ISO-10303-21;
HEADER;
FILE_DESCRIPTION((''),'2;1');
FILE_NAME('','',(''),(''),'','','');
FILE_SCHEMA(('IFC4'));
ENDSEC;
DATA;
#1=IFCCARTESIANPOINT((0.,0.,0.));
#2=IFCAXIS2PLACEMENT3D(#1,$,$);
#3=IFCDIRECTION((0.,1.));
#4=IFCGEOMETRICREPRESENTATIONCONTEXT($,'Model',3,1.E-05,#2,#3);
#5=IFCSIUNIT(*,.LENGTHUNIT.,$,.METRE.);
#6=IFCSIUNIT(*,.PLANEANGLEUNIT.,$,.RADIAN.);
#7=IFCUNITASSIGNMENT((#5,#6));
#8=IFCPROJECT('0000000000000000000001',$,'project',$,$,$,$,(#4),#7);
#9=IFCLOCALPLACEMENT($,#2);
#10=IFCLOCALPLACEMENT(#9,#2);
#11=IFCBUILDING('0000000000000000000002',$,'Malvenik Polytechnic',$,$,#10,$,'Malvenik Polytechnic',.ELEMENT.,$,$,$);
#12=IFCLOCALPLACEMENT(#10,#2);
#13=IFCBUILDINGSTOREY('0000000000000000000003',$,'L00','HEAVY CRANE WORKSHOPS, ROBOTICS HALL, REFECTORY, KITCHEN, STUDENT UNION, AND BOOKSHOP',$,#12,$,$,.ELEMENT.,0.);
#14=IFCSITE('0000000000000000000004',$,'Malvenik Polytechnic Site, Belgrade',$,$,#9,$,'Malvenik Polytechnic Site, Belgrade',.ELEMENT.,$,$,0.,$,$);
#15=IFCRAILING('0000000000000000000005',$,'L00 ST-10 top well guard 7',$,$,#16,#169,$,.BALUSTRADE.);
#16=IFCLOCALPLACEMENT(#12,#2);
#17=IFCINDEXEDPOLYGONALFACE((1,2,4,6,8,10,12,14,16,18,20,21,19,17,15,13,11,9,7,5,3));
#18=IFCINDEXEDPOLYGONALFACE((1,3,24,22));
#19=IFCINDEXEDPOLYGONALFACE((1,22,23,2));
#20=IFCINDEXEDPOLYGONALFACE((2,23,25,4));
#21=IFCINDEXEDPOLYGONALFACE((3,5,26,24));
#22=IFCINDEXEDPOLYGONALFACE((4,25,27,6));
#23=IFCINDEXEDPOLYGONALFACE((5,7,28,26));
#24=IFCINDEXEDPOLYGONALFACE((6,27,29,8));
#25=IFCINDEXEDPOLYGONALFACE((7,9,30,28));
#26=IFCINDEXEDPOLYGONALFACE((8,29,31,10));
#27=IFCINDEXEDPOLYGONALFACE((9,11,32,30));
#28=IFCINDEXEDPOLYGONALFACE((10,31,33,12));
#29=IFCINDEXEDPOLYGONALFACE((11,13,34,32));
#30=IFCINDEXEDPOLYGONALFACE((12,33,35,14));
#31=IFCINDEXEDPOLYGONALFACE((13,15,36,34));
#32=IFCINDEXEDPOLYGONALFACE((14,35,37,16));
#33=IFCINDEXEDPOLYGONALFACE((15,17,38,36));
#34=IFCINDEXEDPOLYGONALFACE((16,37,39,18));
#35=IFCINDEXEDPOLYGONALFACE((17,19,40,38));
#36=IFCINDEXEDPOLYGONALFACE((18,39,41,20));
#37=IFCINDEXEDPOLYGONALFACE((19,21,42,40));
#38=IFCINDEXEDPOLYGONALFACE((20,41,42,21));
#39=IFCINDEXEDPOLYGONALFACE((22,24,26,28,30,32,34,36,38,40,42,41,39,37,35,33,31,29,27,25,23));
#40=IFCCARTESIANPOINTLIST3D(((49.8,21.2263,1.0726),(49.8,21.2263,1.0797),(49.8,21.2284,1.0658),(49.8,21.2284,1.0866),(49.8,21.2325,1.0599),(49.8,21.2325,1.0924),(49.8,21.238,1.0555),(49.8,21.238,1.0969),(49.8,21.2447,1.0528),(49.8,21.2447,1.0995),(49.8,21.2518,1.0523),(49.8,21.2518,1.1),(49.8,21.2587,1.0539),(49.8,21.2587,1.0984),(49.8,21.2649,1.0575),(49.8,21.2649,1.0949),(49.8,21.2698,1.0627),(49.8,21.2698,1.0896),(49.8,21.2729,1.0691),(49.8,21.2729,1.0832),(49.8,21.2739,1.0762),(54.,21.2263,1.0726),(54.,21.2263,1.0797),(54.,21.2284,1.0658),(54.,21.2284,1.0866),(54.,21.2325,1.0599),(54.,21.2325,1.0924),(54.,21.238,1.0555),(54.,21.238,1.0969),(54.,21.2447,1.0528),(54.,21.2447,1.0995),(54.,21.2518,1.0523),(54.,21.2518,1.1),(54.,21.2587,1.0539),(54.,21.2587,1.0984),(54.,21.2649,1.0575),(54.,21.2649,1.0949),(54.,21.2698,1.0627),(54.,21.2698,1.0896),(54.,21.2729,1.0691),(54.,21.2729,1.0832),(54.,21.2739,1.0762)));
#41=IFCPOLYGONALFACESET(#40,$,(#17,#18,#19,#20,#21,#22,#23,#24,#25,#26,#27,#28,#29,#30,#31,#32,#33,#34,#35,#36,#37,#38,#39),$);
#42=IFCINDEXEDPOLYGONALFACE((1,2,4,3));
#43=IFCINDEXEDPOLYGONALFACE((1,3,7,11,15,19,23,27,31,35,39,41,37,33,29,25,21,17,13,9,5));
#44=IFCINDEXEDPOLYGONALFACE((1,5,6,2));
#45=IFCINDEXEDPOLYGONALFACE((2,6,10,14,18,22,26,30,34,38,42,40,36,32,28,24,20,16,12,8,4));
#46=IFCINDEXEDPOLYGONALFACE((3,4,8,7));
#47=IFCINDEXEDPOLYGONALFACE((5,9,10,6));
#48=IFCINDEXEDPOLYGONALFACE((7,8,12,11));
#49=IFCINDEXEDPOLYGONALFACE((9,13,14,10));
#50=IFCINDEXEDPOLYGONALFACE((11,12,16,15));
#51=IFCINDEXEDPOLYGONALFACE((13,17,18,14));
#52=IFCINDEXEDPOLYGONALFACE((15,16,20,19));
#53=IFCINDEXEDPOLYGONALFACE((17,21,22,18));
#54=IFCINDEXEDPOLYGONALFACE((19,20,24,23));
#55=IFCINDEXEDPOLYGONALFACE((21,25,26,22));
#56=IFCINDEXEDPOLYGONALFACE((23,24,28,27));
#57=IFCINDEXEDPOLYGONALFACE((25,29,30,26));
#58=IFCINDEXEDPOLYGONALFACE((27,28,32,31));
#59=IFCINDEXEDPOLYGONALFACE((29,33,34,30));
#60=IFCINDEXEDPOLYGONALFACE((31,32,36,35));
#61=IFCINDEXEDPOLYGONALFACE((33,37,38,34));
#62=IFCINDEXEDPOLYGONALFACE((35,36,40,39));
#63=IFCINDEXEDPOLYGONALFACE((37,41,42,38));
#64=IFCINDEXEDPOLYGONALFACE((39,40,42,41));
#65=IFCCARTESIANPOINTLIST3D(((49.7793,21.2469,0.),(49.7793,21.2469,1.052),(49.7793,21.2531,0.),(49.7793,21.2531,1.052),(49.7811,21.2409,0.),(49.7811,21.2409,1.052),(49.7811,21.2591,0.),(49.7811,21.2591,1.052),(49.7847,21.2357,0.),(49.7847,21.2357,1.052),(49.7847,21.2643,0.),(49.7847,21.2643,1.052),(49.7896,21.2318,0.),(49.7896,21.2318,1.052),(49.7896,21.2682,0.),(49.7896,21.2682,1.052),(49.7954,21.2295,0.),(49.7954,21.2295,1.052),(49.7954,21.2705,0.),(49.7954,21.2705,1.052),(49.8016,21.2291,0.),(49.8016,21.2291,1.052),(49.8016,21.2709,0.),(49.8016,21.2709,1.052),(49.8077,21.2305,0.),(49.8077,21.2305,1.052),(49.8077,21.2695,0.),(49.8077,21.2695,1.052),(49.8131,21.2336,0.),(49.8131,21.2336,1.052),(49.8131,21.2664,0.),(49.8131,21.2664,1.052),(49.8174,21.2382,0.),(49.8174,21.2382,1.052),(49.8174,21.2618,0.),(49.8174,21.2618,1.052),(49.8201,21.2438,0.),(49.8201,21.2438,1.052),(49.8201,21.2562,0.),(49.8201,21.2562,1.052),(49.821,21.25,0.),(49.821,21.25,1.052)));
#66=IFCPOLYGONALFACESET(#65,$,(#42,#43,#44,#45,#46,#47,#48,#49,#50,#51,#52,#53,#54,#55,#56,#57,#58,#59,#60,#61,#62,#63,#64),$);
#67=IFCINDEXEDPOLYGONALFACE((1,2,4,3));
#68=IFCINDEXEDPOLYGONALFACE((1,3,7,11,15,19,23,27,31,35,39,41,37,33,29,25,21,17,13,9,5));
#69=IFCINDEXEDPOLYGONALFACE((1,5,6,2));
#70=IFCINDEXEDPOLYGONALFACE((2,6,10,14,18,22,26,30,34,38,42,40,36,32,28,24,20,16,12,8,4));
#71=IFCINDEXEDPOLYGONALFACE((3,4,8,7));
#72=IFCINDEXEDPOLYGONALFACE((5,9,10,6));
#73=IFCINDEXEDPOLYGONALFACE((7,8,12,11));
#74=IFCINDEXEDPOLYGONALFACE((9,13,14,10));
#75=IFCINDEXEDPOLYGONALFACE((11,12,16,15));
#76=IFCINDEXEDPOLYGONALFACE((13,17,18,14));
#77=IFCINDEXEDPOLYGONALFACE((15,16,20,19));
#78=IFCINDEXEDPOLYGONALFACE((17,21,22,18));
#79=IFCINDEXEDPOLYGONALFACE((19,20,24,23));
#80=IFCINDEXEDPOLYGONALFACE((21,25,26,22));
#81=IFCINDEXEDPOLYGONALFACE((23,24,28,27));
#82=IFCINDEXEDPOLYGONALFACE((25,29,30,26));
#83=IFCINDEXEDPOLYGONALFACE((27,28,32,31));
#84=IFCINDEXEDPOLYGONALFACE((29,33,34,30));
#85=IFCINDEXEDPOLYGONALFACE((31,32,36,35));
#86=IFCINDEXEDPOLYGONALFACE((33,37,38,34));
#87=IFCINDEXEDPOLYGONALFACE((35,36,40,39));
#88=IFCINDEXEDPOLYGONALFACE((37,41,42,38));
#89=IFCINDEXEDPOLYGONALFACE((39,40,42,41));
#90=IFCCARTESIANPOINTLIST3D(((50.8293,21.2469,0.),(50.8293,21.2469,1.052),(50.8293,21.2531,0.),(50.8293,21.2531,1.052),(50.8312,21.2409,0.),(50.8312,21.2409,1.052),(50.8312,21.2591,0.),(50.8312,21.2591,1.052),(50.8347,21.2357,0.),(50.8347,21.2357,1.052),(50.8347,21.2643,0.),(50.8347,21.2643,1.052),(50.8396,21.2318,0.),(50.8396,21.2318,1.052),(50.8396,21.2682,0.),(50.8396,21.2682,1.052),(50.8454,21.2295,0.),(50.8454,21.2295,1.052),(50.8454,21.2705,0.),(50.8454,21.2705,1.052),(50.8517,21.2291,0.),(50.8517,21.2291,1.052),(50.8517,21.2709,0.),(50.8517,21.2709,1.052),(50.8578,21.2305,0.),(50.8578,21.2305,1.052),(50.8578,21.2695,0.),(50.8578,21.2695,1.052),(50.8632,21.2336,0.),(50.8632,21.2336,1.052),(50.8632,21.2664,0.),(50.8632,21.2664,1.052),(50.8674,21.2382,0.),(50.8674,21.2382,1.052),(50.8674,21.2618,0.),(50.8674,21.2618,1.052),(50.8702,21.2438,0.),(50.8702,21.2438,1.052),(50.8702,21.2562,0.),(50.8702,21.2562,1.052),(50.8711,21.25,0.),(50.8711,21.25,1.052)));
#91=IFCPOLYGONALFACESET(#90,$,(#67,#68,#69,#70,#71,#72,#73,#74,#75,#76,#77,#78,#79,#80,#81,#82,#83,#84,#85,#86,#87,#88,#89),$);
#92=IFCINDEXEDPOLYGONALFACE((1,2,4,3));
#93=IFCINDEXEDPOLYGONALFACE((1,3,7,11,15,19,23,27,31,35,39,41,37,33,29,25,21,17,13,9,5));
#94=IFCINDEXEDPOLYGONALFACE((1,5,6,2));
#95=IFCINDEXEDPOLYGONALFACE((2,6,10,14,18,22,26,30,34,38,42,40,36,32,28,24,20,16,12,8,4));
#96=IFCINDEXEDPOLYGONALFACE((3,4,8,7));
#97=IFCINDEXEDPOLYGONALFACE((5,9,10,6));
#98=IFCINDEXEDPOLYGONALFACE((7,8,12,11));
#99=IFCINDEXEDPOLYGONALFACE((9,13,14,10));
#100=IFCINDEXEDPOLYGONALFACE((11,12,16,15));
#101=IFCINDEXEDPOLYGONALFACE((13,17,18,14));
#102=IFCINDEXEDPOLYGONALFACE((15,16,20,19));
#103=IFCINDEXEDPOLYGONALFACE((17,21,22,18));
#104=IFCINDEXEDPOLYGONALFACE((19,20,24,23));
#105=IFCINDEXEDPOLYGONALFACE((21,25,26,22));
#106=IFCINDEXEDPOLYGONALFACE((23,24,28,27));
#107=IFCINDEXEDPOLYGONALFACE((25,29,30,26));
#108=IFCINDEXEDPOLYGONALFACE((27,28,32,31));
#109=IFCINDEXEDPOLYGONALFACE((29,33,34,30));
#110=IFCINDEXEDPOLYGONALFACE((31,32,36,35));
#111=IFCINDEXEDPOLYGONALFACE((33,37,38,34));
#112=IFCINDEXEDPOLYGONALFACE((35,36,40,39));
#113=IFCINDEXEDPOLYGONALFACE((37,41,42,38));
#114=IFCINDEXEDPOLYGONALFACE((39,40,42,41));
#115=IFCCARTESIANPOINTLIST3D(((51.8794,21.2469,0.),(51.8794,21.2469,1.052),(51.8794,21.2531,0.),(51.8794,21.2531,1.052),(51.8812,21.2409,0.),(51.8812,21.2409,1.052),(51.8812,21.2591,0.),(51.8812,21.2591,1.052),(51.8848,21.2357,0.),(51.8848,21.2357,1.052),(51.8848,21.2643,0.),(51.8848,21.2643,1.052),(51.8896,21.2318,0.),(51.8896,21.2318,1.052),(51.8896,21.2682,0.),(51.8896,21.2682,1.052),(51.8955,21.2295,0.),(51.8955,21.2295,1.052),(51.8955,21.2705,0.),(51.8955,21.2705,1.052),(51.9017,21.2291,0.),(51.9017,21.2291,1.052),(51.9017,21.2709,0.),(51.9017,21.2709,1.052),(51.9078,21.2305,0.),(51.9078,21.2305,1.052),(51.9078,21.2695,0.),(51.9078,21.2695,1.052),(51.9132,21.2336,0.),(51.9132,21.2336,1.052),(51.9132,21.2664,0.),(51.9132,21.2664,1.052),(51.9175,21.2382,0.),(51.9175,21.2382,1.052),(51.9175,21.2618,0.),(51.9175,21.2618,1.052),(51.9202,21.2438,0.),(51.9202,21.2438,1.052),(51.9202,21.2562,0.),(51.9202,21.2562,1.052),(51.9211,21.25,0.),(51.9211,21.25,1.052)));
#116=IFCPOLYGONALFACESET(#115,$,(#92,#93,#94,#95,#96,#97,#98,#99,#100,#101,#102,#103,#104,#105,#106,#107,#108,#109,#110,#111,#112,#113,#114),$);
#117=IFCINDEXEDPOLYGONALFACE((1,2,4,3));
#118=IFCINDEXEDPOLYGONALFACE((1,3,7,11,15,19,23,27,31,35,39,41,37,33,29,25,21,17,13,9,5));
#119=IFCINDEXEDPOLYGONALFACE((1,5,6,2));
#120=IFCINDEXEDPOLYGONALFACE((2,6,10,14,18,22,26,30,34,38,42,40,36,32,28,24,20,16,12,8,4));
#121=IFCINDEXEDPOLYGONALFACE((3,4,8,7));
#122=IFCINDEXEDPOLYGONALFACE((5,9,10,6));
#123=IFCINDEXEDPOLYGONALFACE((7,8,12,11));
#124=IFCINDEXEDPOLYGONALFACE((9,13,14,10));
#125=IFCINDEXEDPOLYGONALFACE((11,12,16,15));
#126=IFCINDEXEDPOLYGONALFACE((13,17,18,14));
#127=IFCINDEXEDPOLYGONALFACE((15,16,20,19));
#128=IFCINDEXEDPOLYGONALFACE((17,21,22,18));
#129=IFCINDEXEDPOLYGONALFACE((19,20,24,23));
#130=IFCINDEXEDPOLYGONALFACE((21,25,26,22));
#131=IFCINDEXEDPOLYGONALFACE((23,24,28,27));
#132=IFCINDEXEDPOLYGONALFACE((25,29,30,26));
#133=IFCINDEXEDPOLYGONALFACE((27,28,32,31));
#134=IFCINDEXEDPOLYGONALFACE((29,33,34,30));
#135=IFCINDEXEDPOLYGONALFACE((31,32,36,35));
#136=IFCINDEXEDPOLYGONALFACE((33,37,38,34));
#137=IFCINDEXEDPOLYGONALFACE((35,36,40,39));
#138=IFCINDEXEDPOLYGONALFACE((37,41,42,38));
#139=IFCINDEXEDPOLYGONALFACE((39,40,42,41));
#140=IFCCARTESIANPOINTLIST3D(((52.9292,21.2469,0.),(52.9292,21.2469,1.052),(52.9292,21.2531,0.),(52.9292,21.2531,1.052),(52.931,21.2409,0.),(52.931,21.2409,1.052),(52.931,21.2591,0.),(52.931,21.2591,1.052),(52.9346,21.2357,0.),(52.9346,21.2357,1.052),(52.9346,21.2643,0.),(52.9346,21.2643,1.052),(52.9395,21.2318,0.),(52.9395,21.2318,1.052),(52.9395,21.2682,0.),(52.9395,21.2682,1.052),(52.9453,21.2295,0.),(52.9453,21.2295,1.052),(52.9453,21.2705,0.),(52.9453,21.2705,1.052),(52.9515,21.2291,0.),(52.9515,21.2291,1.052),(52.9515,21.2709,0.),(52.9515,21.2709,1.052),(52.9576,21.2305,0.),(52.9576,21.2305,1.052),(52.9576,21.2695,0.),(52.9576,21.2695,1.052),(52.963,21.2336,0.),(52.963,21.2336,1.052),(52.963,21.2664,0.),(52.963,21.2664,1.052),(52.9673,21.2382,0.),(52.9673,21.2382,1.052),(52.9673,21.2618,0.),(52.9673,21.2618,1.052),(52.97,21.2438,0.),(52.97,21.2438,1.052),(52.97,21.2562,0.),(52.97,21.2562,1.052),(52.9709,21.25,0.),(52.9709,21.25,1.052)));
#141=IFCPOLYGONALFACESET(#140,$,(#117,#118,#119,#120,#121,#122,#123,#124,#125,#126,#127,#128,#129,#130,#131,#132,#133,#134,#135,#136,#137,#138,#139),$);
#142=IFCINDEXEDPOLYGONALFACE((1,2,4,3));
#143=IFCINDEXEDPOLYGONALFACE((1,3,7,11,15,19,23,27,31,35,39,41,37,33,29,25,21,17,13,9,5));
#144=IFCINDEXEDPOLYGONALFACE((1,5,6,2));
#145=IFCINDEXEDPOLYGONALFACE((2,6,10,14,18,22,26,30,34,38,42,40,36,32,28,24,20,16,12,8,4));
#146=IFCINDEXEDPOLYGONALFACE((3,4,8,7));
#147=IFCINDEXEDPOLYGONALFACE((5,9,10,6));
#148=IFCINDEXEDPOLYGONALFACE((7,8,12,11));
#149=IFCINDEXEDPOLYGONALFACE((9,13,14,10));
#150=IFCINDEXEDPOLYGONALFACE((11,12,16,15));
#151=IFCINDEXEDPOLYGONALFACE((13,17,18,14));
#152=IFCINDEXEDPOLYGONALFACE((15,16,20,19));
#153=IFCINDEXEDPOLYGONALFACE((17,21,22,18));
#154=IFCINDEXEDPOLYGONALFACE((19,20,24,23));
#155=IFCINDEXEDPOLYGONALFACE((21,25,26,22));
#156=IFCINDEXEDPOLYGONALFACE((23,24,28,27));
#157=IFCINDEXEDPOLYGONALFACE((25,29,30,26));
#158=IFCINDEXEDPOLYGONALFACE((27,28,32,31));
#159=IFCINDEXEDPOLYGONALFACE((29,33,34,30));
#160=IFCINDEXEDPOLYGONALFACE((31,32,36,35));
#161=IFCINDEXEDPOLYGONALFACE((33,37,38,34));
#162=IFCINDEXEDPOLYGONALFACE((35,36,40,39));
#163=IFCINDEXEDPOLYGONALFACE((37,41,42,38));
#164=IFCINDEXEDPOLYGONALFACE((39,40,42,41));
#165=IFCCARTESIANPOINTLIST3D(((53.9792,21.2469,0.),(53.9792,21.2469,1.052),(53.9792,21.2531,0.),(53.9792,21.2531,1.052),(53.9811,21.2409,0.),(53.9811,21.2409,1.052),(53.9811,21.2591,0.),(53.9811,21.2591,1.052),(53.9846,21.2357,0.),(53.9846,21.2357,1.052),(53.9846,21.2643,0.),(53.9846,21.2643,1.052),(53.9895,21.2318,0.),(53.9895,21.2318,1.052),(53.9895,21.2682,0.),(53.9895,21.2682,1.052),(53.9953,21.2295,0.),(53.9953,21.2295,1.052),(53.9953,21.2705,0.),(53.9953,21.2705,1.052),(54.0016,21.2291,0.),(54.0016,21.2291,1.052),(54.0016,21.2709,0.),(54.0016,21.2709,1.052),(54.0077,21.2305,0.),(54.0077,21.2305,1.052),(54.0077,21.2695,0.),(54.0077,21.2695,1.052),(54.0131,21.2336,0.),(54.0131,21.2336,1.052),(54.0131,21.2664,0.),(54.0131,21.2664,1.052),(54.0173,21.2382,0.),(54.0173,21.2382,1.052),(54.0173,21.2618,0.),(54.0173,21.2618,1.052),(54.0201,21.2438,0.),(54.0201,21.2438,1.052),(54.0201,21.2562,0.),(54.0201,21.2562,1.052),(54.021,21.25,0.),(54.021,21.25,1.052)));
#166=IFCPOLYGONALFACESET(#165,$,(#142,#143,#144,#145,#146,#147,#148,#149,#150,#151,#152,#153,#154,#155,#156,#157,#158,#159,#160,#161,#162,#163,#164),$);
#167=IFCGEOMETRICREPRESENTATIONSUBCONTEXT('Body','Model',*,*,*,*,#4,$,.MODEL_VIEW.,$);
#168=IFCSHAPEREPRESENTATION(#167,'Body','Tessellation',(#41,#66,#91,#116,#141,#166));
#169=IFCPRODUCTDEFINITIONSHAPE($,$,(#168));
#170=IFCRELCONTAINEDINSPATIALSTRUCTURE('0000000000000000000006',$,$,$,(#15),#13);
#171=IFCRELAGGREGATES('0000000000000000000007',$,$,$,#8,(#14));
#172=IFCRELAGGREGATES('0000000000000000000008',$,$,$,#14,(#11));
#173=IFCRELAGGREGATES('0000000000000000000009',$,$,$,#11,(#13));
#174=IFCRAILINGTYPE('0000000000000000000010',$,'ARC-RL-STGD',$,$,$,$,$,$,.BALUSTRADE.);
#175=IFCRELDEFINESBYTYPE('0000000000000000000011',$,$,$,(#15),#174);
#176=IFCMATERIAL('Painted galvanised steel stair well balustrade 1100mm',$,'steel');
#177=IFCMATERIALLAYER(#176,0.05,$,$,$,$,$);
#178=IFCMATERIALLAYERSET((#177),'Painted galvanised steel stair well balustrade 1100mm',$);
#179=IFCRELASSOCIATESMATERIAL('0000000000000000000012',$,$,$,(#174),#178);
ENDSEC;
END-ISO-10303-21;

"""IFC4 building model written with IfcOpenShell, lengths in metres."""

from ifc_helpers import new_model, si_unit, direction, frame, origin, origin_2d, place, context, subcontext, project, spatial, circle, extrude, material, layer, layer_set, type_object, element, save


model = new_model("IFC4")

# Units and contexts
model_context = context("Model", 3, precision=1e-05, world=origin(), true_north=direction((0.0, 1.0)))
body_context = subcontext(model_context, "Body", "Model", "MODEL_VIEW")
ifc_project = project(units=[si_unit("LENGTHUNIT", "METRE"), si_unit("PLANEANGLEUNIT", "RADIAN")], contexts=[model_context])

# Site, building, storey
site_placement = place(None, origin())
site = spatial("IfcSite", under=ifc_project, at=site_placement, Name="Malvenik Polytechnic Site, Belgrade", LongName="Malvenik Polytechnic Site, Belgrade", CompositionType="ELEMENT", RefElevation=0.0)
building_placement = place(site_placement, origin())
building = spatial("IfcBuilding", under=site, at=building_placement, Name="Malvenik Polytechnic", LongName="Malvenik Polytechnic", CompositionType="ELEMENT")
storey_placement = place(building_placement, origin())
storey = spatial("IfcBuildingStorey", under=building, at=storey_placement, Name="L00", Description="HEAVY CRANE WORKSHOPS, ROBOTICS HALL, REFECTORY, KITCHEN, STUDENT UNION, AND BOOKSHOP", CompositionType="ELEMENT", Elevation=0.0)

# Railing
ifc_material_1 = material(Name="Painted galvanised steel stair well balustrade 1100mm", Category="steel")
ifc_layer_1 = layer(ifc_material_1, 0.05)
ifc_layer_set_1 = layer_set([ifc_layer_1], Name="Painted galvanised steel stair well balustrade 1100mm")
railing_type_1 = type_object("IfcRailingType", Name="ARC-RL-STGD", PredefinedType="BALUSTRADE", material=ifc_layer_set_1)
railing_1_placement = place(storey_placement, frame((49.8, 21.25, 0.0)))
element("IfcRailing", 1, at=railing_1_placement, inside=storey, type_object=railing_type_1, Name="L00 ST-10 top well guard 7", PredefinedType="BALUSTRADE", context=body_context, shape_type="SweptSolid", body=[
    extrude(circle(Radius=0.0239, at=origin_2d()), frame((0.0, 0.0, 1.0762), z_axis=(1.0, 0.0, 0.0), x_axis=(0.0, 1.0, 0.0)), (0.0, 0.0, 1.0), 4.2),
    extrude(circle(Radius=0.021, at=origin_2d()), origin(), (0.0, 0.0, 1.0), 1.052),
    extrude(circle(Radius=0.021, at=origin_2d()), frame((1.05, 0.0, 0.0)), (0.0, 0.0, 1.0), 1.052),
    extrude(circle(Radius=0.021, at=origin_2d()), frame((2.1001, 0.0, 0.0)), (0.0, 0.0, 1.0), 1.052),
    extrude(circle(Radius=0.021, at=origin_2d()), frame((3.1499, 0.0, 0.0)), (0.0, 0.0, 1.0), 1.052),
    extrude(circle(Radius=0.021, at=origin_2d()), frame((4.2, 0.0, 0.0)), (0.0, 0.0, 1.0), 1.052),
])

save(model, "model.ifc")
